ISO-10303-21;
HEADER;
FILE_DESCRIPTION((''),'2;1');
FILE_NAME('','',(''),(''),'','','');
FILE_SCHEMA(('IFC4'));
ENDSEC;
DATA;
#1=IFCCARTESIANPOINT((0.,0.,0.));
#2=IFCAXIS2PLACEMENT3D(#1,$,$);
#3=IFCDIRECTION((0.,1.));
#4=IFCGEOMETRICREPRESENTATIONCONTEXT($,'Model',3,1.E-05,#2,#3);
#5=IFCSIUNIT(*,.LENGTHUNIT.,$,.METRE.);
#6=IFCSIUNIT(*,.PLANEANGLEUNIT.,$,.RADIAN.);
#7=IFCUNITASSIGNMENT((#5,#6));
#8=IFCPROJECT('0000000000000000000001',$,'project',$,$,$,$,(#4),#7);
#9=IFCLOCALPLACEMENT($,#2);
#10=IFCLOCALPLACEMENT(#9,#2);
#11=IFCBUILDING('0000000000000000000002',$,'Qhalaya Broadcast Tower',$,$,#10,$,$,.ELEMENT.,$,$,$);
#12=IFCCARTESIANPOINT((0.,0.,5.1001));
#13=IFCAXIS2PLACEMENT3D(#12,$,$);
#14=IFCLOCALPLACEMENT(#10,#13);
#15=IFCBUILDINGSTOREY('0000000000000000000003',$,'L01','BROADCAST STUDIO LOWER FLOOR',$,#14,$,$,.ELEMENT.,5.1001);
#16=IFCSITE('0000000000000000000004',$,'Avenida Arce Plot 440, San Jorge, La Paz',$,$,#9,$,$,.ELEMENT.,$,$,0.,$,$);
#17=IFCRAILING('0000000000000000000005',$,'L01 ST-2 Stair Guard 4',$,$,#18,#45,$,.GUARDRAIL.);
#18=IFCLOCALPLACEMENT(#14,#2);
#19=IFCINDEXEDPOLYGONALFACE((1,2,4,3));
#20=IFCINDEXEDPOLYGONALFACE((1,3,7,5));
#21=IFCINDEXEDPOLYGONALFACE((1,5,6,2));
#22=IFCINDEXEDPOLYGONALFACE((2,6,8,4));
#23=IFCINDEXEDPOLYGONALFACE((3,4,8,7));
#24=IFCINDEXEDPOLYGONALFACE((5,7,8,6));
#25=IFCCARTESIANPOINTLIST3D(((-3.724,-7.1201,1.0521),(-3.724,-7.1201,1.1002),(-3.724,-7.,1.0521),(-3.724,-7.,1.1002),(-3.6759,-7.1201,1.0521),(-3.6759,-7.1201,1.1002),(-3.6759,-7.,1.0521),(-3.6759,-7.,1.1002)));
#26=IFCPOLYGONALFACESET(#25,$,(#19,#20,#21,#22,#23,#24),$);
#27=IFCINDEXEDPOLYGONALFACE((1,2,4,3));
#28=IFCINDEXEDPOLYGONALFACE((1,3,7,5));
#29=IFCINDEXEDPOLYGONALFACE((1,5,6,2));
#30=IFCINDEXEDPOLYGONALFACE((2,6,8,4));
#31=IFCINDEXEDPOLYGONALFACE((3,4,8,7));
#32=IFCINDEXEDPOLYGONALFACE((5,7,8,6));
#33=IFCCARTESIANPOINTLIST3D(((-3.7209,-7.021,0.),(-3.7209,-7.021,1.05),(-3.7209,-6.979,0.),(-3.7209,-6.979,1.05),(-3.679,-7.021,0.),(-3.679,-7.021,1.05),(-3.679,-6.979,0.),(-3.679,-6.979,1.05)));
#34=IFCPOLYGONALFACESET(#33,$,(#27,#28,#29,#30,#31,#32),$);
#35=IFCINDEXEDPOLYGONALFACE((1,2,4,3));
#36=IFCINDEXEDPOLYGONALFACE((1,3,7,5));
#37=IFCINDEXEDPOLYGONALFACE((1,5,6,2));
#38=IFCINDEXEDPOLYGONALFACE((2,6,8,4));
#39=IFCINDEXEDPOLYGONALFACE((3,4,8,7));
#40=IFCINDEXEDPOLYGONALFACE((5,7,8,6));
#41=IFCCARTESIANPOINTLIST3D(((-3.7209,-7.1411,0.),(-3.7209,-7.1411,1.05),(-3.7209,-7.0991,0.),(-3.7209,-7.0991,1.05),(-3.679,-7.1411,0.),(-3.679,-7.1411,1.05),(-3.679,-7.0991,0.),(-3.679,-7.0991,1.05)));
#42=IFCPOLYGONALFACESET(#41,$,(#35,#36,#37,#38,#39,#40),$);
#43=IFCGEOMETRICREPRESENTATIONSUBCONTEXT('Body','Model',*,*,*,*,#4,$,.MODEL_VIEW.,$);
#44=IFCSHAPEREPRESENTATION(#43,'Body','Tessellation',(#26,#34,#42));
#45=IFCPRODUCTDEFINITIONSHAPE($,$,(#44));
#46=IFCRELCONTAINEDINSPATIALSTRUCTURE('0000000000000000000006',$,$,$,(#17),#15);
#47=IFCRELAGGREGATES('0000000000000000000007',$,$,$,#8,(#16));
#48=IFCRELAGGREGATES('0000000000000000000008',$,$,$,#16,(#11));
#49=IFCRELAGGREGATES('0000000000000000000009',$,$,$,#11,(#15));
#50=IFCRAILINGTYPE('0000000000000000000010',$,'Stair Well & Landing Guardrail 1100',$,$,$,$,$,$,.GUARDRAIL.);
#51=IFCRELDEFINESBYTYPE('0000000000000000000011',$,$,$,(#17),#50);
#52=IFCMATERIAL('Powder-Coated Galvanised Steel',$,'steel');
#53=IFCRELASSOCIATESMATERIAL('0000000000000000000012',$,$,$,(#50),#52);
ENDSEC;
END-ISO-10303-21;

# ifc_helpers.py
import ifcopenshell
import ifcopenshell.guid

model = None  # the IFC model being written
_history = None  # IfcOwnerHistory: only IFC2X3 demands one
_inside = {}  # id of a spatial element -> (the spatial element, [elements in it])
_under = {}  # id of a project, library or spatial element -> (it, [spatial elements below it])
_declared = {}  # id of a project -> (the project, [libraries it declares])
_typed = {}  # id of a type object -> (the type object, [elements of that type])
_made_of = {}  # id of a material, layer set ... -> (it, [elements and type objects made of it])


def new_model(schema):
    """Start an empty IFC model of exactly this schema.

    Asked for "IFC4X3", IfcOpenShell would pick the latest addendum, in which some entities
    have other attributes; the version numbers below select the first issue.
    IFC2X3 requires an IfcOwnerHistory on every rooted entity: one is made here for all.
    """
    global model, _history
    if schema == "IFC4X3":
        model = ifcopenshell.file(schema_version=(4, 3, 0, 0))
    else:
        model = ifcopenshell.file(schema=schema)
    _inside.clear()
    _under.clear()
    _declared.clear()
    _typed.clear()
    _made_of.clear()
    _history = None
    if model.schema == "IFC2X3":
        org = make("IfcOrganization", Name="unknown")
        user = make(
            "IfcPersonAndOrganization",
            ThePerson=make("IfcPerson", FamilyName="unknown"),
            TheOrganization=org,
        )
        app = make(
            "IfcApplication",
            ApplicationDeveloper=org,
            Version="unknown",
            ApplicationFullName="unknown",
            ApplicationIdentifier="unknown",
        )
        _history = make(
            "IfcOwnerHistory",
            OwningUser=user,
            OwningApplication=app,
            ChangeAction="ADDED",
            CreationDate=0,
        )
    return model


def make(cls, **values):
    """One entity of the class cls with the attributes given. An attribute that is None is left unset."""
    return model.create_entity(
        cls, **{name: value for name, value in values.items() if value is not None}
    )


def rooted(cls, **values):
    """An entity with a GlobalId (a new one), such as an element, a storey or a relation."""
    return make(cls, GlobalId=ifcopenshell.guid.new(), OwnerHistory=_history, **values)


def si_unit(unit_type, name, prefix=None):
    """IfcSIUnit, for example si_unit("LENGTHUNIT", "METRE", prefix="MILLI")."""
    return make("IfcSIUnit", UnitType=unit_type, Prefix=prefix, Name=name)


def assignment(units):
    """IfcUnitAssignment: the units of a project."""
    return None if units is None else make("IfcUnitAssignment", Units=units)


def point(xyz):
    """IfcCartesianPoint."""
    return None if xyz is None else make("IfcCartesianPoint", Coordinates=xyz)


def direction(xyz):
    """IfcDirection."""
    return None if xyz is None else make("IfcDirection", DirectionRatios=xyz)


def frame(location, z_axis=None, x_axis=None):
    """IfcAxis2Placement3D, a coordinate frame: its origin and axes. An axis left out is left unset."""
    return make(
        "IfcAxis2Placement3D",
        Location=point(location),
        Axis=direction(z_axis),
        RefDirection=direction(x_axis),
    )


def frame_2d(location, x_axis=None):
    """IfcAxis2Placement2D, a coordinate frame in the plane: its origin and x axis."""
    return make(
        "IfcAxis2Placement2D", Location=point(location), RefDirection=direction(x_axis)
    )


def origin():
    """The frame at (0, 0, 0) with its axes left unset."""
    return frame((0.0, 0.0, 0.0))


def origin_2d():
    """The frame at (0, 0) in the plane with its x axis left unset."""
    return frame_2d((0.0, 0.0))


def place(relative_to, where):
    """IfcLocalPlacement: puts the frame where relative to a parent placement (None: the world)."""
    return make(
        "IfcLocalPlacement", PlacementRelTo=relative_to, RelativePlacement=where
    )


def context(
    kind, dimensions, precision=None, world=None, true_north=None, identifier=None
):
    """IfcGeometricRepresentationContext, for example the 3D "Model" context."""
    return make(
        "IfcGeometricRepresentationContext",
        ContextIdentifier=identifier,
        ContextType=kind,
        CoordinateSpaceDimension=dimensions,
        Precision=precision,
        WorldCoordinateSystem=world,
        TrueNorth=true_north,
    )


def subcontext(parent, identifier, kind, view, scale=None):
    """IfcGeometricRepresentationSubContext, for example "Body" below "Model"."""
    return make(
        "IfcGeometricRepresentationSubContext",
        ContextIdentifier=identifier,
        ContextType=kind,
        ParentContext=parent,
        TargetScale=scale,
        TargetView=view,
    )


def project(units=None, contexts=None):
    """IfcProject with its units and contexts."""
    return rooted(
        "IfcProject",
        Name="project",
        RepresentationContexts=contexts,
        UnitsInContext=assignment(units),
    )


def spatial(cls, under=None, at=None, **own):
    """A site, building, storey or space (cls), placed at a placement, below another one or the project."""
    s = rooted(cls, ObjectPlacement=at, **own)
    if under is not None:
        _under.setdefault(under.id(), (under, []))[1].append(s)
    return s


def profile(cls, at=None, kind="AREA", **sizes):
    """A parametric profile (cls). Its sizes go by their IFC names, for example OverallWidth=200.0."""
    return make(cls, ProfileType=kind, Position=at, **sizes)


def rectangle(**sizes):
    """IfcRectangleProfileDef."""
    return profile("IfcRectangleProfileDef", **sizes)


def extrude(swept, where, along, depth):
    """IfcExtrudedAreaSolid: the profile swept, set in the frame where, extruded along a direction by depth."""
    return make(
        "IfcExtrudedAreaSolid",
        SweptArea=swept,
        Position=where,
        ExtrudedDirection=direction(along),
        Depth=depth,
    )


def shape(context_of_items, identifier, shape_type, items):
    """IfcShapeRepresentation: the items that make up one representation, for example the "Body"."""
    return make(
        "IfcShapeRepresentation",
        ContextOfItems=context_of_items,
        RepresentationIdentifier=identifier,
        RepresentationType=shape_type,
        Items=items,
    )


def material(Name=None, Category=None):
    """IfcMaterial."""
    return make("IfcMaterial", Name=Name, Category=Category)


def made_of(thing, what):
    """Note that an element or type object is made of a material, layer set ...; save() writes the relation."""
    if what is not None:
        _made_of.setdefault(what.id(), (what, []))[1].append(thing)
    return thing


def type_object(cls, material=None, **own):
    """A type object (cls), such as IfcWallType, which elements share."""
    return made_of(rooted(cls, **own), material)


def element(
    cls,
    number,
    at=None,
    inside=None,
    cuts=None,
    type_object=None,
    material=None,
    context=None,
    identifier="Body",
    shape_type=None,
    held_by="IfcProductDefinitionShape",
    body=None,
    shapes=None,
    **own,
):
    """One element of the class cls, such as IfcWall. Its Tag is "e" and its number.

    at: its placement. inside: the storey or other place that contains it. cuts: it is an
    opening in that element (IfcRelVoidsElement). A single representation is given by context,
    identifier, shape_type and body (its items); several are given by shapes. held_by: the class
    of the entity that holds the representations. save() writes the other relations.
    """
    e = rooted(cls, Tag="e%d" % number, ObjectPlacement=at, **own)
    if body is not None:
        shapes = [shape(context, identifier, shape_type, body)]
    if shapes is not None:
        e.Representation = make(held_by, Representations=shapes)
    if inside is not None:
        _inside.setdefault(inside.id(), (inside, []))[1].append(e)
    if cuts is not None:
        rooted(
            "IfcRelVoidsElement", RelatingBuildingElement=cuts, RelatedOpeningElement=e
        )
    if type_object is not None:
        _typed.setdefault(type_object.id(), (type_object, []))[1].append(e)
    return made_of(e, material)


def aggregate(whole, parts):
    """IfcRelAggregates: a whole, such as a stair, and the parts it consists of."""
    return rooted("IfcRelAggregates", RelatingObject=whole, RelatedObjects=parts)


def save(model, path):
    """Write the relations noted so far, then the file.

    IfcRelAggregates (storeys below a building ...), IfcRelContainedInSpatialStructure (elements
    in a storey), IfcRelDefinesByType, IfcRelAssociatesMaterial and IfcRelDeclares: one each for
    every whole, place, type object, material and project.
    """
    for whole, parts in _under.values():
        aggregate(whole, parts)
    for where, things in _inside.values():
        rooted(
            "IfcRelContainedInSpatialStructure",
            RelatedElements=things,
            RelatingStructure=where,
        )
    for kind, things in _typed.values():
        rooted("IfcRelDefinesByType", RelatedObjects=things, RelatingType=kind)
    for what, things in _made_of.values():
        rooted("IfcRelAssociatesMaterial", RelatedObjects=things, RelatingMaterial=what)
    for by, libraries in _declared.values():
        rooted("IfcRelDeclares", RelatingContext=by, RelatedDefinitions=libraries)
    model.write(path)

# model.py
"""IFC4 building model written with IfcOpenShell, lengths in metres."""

from ifc_helpers import new_model, si_unit, direction, frame, origin, origin_2d, place, context, subcontext, project, spatial, rectangle, extrude, material, type_object, element, save


model = new_model("IFC4")

# Units and contexts
model_context = context("Model", 3, precision=1e-05, world=origin(), true_north=direction((0.0, 1.0)))
body_context = subcontext(model_context, "Body", "Model", "MODEL_VIEW")
ifc_project = project(units=[si_unit("LENGTHUNIT", "METRE"), si_unit("PLANEANGLEUNIT", "RADIAN")], contexts=[model_context])

# Site, building, storey
site_placement = place(None, origin())
site = spatial("IfcSite", under=ifc_project, at=site_placement, Name="Avenida Arce Plot 440, San Jorge, La Paz", CompositionType="ELEMENT", RefElevation=0.0)
building_placement = place(site_placement, origin())
building = spatial("IfcBuilding", under=site, at=building_placement, Name="Qhalaya Broadcast Tower", CompositionType="ELEMENT")
storey_placement = place(building_placement, frame((0.0, 0.0, 5.1001)))
storey = spatial("IfcBuildingStorey", under=building, at=storey_placement, Name="L01", Description="BROADCAST STUDIO LOWER FLOOR", CompositionType="ELEMENT", Elevation=5.1001)

# Railing
ifc_material_1 = material(Name="Powder-Coated Galvanised Steel", Category="steel")
railing_type_1 = type_object("IfcRailingType", Name="Stair Well & Landing Guardrail 1100", PredefinedType="GUARDRAIL", material=ifc_material_1)
railing_1_placement = place(storey_placement, frame((-3.7, -7.0, 0.0)))
element("IfcRailing", 1, at=railing_1_placement, inside=storey, type_object=railing_type_1, Name="L01 ST-2 Stair Guard 4", PredefinedType="GUARDRAIL", context=body_context, shape_type="SweptSolid", body=[
    extrude(rectangle(XDim=0.0481, YDim=0.0481, at=origin_2d()), frame((0.0, 0.0, 1.0762), z_axis=(0.0, -1.0, 0.0), x_axis=(1.0, 0.0, 0.0)), (0.0, 0.0, 1.0), 0.1201),
    extrude(rectangle(XDim=0.042, YDim=0.042, at=origin_2d()), origin(), (0.0, 0.0, 1.0), 1.05),
    extrude(rectangle(XDim=0.042, YDim=0.042, at=origin_2d()), frame((0.0, -0.1201, 0.0)), (0.0, 0.0, 1.0), 1.05),
])

save(model, "model.ifc")
